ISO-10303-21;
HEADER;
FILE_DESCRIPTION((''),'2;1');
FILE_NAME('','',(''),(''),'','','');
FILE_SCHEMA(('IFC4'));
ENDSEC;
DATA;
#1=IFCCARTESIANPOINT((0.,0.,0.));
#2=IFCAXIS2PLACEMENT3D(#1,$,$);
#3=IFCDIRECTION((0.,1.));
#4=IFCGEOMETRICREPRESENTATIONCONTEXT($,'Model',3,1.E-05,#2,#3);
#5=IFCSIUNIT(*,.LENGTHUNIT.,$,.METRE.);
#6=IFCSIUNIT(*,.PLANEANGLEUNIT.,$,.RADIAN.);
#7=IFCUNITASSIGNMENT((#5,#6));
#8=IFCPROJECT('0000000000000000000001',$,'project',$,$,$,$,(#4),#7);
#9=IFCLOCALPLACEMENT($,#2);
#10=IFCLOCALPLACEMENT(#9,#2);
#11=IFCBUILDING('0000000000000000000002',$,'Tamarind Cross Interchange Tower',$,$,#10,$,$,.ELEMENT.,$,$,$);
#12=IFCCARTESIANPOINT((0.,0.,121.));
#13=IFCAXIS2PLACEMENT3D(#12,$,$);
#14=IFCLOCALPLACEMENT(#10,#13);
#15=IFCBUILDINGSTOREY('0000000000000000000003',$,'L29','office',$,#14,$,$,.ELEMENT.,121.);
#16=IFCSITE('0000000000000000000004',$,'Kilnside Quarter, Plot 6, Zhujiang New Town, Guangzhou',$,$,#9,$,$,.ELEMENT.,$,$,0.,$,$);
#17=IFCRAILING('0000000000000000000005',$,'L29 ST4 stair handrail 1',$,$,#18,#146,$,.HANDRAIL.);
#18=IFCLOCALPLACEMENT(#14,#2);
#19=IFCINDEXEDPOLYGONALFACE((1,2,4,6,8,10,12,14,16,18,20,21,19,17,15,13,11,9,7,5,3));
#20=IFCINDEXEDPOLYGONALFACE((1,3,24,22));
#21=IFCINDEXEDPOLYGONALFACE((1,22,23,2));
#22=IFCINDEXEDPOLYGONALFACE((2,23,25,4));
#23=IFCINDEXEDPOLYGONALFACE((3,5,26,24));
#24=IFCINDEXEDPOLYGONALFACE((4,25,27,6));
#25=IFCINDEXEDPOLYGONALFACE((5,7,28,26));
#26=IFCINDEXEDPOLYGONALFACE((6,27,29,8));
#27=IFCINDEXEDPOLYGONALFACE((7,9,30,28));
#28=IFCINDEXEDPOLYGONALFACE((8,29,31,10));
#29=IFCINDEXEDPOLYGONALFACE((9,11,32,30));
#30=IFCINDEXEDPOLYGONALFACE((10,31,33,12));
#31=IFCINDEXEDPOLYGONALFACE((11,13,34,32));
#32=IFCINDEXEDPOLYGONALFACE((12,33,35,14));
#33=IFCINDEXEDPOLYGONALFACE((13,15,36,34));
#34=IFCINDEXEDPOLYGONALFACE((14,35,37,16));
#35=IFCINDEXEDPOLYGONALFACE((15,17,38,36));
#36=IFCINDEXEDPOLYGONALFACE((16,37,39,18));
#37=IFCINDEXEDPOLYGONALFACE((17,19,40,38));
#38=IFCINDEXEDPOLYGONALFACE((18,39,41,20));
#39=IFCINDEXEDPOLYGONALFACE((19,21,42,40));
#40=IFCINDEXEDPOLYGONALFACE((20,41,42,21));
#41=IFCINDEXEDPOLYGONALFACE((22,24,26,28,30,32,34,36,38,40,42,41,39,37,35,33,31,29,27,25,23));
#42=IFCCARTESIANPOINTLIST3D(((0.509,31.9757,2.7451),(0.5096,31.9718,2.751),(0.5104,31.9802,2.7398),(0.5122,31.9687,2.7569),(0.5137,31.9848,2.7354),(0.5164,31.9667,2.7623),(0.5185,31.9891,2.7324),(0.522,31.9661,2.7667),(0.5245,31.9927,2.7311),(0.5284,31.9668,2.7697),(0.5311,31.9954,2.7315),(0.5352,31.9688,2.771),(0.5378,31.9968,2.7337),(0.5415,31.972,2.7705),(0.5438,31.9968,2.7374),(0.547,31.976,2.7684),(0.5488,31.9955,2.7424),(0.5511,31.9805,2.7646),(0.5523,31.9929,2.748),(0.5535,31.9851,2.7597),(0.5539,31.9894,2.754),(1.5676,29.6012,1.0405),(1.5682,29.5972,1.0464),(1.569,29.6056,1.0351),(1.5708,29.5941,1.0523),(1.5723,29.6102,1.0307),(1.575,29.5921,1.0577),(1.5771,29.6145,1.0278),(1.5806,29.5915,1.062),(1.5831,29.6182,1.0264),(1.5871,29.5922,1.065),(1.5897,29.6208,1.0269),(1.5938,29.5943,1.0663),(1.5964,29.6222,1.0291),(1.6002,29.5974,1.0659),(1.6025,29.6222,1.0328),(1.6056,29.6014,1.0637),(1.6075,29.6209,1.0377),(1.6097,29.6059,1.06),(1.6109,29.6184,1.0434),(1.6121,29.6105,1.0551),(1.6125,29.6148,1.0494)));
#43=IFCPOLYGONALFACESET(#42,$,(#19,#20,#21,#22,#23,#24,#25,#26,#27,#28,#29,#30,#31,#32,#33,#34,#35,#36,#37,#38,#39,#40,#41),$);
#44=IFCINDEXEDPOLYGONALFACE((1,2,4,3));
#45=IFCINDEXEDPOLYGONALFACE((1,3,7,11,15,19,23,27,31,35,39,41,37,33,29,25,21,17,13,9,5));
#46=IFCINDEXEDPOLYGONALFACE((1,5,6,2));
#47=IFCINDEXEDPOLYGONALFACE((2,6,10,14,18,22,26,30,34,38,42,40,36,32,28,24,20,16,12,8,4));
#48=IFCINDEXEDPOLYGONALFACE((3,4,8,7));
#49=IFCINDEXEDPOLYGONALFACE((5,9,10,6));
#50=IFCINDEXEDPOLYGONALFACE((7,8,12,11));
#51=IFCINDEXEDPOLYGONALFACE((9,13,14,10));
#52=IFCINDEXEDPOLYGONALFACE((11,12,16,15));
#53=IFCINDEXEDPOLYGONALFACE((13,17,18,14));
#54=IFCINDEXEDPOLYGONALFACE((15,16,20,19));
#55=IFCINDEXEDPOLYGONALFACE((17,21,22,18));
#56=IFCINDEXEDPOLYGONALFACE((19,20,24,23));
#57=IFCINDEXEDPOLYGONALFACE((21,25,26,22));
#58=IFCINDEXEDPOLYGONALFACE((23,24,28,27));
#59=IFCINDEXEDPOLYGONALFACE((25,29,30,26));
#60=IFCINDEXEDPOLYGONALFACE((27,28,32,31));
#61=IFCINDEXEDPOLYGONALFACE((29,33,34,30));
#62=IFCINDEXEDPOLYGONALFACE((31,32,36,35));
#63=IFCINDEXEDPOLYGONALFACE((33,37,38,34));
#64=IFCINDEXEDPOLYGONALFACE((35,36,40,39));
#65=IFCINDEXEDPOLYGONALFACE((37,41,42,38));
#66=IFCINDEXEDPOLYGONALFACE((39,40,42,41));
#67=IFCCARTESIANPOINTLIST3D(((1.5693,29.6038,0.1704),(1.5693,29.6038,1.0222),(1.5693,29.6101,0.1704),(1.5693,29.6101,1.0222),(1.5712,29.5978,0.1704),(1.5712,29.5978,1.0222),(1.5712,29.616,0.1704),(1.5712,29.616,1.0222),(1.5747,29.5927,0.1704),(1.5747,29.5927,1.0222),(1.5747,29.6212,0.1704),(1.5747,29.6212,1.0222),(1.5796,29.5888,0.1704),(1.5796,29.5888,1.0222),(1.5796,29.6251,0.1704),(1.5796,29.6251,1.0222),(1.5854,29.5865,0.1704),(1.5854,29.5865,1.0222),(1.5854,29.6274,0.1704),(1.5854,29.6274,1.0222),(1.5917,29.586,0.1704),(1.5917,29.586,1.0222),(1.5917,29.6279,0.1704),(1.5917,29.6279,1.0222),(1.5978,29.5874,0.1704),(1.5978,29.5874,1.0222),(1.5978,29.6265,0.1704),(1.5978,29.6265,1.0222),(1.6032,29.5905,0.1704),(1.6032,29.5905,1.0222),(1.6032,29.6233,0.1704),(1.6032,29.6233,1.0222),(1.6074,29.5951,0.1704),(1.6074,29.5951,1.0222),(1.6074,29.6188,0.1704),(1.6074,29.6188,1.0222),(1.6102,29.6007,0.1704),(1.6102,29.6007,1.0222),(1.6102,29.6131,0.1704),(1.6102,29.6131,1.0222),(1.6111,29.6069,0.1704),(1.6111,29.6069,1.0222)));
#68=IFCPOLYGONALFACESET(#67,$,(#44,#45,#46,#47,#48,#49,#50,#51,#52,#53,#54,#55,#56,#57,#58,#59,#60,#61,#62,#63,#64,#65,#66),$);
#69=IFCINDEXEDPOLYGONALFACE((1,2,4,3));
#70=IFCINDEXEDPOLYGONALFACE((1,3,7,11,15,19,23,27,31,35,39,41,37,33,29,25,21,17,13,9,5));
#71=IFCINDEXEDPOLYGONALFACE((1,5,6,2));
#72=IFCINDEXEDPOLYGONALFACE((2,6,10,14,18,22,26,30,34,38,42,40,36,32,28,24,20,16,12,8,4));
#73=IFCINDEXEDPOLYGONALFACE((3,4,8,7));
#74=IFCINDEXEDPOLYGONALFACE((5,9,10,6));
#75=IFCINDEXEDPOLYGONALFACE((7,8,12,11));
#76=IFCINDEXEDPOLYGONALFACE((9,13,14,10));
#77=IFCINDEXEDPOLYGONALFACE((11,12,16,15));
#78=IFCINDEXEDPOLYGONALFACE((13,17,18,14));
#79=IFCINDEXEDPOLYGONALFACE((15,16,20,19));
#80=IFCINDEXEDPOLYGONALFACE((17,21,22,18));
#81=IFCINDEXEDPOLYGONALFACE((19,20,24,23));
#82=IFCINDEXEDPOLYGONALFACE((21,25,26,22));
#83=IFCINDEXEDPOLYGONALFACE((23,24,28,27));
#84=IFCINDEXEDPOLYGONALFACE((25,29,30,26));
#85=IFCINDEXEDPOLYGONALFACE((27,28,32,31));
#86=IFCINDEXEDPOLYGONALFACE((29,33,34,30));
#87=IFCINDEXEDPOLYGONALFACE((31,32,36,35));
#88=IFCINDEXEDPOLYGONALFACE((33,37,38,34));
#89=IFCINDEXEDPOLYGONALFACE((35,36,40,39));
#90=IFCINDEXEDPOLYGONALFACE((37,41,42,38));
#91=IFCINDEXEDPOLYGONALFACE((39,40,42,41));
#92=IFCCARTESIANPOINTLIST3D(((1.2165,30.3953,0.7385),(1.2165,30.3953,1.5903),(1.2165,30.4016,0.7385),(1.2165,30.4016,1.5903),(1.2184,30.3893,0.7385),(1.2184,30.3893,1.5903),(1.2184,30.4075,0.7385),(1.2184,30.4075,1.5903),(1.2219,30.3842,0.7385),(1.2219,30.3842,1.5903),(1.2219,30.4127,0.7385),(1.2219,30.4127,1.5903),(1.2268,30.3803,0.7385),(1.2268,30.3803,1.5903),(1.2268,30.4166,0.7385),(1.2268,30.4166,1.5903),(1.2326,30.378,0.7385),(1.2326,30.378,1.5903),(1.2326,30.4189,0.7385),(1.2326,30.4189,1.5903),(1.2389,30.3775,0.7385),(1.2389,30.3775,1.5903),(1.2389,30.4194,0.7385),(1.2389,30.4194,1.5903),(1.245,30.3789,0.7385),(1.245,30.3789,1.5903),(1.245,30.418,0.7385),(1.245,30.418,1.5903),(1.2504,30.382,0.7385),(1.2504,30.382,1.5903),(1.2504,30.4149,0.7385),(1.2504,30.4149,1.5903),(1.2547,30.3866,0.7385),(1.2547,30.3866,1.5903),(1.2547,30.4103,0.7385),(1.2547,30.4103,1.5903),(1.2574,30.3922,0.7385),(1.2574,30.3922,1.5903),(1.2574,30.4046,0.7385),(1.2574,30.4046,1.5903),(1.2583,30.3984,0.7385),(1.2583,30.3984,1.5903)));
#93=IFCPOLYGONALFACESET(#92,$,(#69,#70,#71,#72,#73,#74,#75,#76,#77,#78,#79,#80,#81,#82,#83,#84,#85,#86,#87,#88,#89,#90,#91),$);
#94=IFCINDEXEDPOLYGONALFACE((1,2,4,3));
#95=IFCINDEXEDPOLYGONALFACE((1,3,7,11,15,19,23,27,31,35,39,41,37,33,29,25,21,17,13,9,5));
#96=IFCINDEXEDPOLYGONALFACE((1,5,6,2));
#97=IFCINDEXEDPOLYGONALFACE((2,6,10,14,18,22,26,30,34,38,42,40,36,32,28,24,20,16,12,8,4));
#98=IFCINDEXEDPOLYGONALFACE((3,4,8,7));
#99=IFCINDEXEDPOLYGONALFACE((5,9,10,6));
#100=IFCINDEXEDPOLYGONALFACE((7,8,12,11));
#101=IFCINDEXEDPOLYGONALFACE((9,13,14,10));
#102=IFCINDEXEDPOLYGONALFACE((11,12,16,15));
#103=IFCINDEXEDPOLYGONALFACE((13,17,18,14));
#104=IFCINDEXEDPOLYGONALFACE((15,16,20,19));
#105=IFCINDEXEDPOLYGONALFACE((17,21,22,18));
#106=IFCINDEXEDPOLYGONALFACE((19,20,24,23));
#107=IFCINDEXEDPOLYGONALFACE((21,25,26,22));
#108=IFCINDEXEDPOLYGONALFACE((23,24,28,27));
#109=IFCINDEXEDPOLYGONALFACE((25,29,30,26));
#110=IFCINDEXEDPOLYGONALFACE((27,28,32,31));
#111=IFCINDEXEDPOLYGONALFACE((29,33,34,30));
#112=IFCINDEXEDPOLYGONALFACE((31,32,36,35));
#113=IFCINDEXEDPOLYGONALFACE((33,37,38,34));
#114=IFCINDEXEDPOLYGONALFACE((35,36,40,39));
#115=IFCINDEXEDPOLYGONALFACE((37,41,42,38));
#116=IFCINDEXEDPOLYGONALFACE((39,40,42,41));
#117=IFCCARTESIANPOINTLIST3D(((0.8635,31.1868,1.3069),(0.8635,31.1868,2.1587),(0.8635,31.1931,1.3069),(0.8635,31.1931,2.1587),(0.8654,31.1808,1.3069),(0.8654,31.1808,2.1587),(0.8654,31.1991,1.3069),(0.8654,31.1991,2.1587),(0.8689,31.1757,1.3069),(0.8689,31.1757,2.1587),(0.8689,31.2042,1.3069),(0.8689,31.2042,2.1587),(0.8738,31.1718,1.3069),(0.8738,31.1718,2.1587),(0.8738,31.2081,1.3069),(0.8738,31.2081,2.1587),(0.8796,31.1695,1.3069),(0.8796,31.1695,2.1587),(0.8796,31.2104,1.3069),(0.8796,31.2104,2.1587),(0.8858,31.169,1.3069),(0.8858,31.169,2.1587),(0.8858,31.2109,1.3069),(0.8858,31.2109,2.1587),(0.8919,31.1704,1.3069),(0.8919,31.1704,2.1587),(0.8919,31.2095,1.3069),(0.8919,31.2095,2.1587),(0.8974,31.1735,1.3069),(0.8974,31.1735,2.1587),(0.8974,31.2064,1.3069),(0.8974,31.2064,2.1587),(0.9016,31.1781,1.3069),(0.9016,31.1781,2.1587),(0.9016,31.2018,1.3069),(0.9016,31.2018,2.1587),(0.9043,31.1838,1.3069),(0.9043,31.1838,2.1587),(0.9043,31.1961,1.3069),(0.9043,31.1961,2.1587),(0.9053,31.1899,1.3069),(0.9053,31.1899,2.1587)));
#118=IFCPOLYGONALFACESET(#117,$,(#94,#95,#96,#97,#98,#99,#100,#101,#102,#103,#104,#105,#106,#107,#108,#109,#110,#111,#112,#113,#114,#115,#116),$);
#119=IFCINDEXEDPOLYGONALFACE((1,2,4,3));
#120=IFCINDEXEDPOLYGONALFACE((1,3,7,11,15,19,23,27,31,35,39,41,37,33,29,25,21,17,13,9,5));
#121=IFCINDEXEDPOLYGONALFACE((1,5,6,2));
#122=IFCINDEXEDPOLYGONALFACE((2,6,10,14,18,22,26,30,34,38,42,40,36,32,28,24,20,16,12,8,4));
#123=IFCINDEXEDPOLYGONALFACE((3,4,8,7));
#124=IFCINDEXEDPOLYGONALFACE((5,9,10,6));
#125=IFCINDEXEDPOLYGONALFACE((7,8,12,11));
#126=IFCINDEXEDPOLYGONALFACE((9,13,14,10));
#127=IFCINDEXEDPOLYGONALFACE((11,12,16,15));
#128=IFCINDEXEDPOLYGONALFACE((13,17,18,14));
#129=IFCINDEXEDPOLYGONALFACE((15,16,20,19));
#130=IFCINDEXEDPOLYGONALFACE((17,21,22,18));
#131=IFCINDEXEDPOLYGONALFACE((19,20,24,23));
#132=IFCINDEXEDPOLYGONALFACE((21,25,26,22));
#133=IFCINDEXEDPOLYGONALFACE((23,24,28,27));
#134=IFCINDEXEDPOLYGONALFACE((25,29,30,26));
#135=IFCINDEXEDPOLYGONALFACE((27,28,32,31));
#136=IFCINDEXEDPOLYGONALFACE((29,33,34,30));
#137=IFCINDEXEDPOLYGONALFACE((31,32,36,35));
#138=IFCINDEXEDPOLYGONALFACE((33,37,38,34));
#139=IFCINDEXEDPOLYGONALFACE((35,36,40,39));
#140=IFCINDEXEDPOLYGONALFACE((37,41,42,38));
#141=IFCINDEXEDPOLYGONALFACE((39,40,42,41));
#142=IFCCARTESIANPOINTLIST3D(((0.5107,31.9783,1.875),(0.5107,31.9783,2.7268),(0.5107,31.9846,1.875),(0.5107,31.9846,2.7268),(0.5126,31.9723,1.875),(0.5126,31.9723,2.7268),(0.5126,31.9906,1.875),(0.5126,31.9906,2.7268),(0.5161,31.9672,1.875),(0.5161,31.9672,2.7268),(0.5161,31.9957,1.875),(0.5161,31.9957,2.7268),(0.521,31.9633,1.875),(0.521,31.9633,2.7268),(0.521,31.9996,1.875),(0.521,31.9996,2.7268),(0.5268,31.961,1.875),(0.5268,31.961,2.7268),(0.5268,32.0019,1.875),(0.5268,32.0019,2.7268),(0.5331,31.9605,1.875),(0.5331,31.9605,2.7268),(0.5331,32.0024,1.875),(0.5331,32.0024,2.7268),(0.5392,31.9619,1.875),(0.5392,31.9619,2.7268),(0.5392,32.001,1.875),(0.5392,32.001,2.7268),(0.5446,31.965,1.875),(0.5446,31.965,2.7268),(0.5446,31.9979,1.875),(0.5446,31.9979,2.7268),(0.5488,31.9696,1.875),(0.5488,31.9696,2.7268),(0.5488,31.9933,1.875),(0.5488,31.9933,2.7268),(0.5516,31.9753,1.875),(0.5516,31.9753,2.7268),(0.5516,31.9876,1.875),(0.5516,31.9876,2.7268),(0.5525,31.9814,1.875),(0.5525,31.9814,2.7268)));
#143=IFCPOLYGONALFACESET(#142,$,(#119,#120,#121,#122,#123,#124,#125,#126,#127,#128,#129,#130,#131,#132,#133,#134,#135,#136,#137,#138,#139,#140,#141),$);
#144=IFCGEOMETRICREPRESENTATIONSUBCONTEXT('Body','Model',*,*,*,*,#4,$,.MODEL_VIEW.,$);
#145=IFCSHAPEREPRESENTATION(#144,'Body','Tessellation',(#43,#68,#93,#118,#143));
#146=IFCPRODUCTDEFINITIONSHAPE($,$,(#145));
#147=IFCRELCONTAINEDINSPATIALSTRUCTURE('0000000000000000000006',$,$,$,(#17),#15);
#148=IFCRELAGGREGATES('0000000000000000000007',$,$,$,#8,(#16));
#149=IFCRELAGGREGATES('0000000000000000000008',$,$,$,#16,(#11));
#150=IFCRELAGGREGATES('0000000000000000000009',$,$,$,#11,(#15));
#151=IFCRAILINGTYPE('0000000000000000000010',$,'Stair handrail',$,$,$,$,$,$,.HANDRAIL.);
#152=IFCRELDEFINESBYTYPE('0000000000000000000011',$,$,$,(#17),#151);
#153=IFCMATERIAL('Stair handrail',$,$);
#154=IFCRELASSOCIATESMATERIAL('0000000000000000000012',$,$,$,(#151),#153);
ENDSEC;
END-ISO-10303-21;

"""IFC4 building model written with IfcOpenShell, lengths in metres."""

from ifc_helpers import new_model, si_unit, direction, frame, origin, origin_2d, place, context, subcontext, project, spatial, circle, extrude, material, type_object, element, save


model = new_model("IFC4")

# Units and contexts
model_context = context("Model", 3, precision=1e-05, world=origin(), true_north=direction((0.0, 1.0)))
body_context = subcontext(model_context, "Body", "Model", "MODEL_VIEW")
ifc_project = project(units=[si_unit("LENGTHUNIT", "METRE"), si_unit("PLANEANGLEUNIT", "RADIAN")], contexts=[model_context])

# Site, building, storey
site_placement = place(None, origin())
site = spatial("IfcSite", under=ifc_project, at=site_placement, Name="Kilnside Quarter, Plot 6, Zhujiang New Town, Guangzhou", CompositionType="ELEMENT", RefElevation=0.0)
building_placement = place(site_placement, origin())
building = spatial("IfcBuilding", under=site, at=building_placement, Name="Tamarind Cross Interchange Tower", CompositionType="ELEMENT")
storey_placement = place(building_placement, frame((0.0, 0.0, 121.0)))
storey = spatial("IfcBuildingStorey", under=building, at=storey_placement, Name="L29", Description="office", CompositionType="ELEMENT", Elevation=121.0)

# Railing
ifc_material_1 = material(Name="Stair handrail")
railing_type_1 = type_object("IfcRailingType", Name="Stair handrail", PredefinedType="HANDRAIL", material=ifc_material_1)
railing_1_placement = place(storey_placement, frame((1.5901, 29.6069, 0.1704)))
element("IfcRailing", 1, at=railing_1_placement, inside=storey, type_object=railing_type_1, Name="L29 ST4 stair handrail 1", PredefinedType="HANDRAIL", context=body_context, shape_type="SweptSolid", body=[
    extrude(circle(Radius=0.0239, at=origin_2d()), frame((0.0, 0.0, 0.876), z_axis=(-0.340517, 0.763807, 0.548314), x_axis=(-0.913346, -0.407184, 0.0)), (0.0, 0.0, 1.0), 3.1089),
    extrude(circle(Radius=0.021, at=origin_2d()), origin(), (0.0, 0.0, 1.0), 0.8518),
    extrude(circle(Radius=0.021, at=origin_2d()), frame((-0.3528, 0.7915, 0.5681)), (0.0, 0.0, 1.0), 0.8518),
    extrude(circle(Radius=0.021, at=origin_2d()), frame((-0.7058, 1.583, 1.1365)), (0.0, 0.0, 1.0), 0.8518),
    extrude(circle(Radius=0.021, at=origin_2d()), frame((-1.0586, 2.3745, 1.7046)), (0.0, 0.0, 1.0), 0.8518),
])

save(model, "model.ifc")
